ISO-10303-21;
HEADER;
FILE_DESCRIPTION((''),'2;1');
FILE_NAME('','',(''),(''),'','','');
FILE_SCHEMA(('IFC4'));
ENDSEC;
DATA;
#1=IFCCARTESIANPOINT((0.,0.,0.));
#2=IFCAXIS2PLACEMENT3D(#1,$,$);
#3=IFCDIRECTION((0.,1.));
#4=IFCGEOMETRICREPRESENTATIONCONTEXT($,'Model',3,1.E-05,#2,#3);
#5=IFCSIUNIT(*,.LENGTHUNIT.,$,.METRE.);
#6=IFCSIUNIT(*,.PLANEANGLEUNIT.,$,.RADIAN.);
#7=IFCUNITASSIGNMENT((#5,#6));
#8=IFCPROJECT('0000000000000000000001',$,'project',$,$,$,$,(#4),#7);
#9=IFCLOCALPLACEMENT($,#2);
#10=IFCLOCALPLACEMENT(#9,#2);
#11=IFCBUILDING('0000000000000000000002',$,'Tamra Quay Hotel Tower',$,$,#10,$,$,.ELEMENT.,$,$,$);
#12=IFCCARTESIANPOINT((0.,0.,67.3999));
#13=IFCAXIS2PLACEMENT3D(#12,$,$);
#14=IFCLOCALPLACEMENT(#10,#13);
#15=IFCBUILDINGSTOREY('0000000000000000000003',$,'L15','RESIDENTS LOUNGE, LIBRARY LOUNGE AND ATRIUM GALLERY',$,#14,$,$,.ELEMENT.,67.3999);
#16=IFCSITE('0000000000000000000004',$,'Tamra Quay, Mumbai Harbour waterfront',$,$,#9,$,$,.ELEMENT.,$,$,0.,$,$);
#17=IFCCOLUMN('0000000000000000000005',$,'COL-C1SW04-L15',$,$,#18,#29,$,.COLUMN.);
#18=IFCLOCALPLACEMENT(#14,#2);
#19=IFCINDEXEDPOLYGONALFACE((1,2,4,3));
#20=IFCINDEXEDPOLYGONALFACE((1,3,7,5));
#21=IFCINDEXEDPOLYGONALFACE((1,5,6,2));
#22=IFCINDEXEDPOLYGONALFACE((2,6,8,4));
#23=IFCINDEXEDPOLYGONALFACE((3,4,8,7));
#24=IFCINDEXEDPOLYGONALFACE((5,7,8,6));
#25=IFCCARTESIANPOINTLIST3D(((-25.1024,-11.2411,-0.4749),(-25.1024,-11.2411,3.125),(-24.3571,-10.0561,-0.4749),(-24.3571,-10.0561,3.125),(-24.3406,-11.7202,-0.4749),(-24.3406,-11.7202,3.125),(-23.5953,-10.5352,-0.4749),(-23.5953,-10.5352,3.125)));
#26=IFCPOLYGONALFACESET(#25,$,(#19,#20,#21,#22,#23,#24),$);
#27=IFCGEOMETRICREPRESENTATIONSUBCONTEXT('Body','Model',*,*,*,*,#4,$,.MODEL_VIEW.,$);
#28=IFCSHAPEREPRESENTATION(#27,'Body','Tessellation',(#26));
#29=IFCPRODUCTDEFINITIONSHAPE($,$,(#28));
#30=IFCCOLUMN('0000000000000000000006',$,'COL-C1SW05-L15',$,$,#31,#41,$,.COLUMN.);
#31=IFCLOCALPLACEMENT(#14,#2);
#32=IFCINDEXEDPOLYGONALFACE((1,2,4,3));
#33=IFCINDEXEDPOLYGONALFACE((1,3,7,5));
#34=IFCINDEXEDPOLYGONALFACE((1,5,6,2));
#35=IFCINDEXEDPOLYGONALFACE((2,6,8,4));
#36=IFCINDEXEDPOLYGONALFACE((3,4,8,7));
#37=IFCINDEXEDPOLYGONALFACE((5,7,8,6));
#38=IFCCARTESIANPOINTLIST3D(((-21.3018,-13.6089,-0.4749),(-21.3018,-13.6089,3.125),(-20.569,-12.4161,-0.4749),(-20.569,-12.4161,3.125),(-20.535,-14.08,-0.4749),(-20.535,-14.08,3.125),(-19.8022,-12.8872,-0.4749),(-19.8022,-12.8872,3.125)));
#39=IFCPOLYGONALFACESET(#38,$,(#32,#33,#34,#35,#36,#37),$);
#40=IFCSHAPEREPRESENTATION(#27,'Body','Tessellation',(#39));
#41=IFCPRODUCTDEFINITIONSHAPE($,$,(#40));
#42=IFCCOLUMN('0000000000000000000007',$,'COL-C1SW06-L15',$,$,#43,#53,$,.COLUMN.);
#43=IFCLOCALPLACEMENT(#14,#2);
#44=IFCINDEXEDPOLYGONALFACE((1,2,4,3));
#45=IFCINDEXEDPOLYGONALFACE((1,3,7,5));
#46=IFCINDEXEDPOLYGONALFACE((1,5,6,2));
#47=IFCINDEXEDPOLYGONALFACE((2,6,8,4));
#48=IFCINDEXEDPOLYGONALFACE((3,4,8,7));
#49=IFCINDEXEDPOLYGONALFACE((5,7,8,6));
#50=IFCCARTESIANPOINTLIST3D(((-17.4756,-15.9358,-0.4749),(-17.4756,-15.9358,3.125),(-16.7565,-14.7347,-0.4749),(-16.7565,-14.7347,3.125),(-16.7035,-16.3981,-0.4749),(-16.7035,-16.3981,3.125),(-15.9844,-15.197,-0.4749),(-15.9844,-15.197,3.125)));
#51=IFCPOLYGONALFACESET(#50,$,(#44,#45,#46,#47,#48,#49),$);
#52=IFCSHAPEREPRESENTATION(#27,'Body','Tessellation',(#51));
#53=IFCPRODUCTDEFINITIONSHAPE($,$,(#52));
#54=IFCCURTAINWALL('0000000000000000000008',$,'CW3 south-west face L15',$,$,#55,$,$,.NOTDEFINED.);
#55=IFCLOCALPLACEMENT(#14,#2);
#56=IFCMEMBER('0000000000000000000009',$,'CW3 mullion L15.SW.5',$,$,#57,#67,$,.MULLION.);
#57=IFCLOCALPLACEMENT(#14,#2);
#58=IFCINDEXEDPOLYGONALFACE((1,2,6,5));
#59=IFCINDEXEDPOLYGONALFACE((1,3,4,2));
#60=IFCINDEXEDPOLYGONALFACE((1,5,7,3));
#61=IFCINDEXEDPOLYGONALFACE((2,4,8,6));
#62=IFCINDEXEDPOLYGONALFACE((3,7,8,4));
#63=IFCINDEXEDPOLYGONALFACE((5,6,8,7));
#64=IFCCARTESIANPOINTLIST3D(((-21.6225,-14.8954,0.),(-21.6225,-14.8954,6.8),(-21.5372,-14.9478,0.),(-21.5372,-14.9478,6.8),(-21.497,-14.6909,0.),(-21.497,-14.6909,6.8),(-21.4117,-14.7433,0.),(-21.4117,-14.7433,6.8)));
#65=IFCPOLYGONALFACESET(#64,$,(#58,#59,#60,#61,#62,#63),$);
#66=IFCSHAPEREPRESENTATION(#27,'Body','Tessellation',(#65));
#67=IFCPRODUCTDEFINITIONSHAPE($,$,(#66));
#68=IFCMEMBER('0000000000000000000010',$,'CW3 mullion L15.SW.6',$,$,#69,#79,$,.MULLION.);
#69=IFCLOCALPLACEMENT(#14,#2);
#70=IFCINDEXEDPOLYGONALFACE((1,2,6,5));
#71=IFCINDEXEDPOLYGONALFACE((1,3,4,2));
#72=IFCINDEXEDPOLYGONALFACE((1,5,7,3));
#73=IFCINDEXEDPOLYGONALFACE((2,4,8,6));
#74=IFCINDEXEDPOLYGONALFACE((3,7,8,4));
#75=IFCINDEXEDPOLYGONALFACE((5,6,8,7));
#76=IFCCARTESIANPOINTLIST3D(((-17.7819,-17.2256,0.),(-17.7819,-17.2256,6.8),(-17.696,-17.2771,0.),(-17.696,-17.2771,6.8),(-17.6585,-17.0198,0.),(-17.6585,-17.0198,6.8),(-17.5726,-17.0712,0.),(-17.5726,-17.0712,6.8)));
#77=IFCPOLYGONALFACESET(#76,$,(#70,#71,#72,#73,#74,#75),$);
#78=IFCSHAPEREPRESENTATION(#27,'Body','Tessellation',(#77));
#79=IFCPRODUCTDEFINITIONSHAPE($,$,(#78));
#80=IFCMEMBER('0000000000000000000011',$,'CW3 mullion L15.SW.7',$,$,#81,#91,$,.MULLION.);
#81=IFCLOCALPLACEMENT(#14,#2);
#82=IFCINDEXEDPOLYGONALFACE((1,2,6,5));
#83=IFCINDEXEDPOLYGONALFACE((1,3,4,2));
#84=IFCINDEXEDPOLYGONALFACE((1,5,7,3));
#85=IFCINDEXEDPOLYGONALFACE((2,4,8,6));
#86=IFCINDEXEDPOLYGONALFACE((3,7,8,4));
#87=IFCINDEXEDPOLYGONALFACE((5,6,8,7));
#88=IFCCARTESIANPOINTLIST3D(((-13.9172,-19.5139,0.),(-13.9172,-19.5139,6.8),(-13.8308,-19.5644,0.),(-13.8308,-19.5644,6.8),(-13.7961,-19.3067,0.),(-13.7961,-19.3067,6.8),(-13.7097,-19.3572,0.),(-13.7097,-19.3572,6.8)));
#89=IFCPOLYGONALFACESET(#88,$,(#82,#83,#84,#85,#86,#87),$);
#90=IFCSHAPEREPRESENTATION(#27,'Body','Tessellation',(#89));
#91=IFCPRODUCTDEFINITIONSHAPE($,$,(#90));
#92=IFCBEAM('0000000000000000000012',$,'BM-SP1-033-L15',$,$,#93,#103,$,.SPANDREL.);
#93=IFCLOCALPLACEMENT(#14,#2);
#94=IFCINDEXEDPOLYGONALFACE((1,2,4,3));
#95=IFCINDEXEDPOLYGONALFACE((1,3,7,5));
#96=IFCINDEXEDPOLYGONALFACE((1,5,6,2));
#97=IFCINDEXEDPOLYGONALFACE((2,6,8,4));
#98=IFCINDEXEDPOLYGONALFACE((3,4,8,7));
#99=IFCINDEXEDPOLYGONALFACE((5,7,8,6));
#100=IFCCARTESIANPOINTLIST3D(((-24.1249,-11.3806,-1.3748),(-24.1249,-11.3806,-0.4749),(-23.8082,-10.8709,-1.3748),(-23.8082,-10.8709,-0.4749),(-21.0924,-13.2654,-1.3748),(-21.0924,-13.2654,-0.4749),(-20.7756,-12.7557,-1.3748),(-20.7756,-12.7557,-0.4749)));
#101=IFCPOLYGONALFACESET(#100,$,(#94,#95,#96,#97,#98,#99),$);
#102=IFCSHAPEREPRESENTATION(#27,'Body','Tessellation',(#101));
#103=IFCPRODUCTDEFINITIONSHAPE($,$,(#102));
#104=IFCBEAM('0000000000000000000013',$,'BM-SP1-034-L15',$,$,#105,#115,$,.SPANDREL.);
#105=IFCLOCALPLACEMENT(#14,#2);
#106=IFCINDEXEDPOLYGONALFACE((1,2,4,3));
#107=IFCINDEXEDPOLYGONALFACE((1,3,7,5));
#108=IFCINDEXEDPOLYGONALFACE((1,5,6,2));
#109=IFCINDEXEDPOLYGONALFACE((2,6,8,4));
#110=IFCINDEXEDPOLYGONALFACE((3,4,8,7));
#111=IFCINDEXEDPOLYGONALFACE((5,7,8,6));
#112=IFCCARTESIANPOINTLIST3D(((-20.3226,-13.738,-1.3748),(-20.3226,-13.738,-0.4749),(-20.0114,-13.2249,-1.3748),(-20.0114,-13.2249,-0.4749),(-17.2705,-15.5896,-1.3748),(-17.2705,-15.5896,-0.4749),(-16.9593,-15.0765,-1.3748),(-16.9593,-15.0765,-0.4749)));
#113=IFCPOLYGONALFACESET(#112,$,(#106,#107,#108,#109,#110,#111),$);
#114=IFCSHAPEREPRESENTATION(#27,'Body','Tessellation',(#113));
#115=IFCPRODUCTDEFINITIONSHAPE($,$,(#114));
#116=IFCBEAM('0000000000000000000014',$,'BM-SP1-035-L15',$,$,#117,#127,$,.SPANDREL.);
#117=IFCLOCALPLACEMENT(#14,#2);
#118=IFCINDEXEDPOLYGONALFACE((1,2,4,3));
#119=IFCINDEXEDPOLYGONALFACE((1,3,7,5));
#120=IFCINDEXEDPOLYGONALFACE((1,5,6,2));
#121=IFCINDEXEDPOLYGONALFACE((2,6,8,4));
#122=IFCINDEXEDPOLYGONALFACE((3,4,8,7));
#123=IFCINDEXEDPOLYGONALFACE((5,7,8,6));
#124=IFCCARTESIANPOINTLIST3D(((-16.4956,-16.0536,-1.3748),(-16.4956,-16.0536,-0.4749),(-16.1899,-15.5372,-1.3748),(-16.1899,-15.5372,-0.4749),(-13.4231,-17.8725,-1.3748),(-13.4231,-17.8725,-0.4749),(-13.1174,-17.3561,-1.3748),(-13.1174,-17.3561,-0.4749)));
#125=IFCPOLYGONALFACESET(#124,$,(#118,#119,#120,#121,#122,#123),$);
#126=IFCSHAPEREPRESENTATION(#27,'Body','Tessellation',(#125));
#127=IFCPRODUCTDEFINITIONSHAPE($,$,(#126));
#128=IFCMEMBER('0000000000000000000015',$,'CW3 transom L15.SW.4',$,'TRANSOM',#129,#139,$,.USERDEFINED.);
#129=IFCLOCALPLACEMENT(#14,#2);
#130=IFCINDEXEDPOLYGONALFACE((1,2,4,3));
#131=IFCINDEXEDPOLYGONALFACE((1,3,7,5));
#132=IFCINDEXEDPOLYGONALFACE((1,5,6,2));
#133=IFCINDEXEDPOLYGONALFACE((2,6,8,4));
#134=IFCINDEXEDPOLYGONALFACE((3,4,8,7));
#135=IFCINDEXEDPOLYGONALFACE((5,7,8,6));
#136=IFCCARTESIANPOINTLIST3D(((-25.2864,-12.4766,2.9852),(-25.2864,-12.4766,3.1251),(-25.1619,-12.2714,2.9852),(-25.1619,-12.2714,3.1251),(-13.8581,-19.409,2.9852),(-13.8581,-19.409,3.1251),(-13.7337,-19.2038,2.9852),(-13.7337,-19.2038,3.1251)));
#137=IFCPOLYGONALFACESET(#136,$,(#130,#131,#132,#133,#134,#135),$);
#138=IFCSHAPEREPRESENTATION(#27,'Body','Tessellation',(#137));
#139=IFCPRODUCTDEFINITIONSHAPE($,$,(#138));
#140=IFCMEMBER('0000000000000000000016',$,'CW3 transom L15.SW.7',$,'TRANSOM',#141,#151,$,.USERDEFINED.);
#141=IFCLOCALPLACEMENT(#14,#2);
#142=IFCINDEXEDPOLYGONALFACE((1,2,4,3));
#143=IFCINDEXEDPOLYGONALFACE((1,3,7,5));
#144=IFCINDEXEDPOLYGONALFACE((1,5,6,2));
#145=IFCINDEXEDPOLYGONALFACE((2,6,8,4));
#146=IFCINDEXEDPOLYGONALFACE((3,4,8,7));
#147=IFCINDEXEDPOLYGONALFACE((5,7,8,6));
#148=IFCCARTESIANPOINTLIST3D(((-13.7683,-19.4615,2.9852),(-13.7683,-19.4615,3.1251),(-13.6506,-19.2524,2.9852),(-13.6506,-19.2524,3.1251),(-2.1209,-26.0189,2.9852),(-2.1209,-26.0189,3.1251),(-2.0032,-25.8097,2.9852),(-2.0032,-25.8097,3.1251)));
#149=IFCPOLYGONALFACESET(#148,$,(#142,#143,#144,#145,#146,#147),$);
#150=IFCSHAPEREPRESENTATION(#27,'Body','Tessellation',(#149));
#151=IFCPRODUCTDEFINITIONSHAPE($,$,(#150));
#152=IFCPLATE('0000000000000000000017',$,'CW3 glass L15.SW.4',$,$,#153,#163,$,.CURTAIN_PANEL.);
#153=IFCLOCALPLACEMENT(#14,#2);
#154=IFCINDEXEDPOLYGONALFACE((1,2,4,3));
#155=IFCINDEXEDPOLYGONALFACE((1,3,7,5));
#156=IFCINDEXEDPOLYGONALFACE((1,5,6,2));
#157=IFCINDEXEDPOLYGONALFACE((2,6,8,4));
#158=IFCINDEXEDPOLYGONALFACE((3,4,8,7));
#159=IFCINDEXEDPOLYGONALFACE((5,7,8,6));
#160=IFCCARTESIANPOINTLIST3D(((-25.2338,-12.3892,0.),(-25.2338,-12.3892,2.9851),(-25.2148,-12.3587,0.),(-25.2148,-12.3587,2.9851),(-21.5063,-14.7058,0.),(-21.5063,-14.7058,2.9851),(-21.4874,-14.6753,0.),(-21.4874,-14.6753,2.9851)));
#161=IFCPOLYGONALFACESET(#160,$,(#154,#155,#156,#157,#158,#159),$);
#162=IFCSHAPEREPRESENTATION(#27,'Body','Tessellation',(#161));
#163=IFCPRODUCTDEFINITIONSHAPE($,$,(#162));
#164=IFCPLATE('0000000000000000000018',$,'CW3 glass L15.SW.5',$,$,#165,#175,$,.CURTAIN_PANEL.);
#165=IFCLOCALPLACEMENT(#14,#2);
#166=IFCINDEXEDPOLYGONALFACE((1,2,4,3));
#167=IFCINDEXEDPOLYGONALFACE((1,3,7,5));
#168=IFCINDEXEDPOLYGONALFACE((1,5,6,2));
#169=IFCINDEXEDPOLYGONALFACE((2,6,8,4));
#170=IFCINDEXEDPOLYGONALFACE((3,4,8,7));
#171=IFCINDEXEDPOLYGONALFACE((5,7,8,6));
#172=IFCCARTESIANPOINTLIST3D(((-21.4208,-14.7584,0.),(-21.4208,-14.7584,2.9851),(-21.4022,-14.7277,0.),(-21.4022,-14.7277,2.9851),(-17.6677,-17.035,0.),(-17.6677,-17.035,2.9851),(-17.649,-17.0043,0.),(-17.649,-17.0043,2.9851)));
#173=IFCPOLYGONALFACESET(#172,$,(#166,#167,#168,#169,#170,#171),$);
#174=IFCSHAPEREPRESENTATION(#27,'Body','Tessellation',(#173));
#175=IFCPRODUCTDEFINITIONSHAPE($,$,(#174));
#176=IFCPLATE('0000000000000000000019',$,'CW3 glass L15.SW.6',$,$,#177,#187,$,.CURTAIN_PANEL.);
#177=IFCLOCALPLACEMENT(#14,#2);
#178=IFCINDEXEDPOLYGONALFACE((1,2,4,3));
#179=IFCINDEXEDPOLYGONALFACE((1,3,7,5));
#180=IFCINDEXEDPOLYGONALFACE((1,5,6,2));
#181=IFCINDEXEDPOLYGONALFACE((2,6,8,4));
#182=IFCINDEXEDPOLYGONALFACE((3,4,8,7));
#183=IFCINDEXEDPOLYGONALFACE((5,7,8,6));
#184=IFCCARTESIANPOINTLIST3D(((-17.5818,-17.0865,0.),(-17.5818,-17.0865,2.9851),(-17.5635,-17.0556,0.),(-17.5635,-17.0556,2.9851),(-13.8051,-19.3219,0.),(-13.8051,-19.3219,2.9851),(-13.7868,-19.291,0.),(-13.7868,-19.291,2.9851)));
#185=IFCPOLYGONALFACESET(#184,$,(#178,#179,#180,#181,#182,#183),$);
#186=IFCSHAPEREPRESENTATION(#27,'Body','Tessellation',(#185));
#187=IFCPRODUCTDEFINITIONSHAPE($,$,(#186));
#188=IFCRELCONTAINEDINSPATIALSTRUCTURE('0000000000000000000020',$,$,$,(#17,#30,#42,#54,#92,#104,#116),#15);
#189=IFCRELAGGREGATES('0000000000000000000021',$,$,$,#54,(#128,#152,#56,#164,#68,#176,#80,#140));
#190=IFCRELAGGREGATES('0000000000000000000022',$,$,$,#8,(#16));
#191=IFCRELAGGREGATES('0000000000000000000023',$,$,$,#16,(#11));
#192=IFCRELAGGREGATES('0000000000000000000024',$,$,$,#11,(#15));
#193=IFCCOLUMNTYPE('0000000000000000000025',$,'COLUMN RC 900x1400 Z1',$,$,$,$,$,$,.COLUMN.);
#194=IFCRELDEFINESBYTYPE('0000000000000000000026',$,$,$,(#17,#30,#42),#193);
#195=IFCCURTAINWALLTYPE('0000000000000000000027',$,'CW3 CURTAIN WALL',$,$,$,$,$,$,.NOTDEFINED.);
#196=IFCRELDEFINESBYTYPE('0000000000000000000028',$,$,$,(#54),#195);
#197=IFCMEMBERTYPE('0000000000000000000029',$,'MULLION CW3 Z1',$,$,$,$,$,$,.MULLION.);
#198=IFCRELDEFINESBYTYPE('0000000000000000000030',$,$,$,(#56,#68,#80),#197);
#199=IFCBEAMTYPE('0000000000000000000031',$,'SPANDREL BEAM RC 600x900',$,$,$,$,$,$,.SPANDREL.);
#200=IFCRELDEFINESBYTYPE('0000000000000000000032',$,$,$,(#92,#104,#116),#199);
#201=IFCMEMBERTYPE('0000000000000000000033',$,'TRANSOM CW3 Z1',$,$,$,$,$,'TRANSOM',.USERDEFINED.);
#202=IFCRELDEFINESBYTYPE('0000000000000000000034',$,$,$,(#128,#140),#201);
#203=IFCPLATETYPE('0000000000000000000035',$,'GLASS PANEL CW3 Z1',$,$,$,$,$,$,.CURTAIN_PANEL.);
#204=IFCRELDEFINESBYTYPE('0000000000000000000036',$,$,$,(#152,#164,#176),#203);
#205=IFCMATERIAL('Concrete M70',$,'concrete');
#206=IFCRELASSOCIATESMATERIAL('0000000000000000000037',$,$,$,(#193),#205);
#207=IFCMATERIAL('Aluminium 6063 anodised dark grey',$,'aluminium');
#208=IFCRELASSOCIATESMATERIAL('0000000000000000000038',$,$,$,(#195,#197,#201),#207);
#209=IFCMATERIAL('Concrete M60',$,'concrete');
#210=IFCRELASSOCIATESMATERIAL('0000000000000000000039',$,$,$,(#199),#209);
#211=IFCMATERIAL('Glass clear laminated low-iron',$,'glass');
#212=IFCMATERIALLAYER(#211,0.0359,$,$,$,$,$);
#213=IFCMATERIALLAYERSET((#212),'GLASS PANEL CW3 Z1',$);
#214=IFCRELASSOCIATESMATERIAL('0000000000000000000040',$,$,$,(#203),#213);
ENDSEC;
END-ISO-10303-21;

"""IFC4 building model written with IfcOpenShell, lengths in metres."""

from ifc_helpers import new_model, si_unit, direction, frame, origin, origin_2d, place, context, subcontext, project, spatial, rectangle, extrude, material, layer, layer_set, material_profile, profile_set, type_object, element, aggregate, save


model = new_model("IFC4")

# Units and contexts
model_context = context("Model", 3, precision=1e-05, world=origin(), true_north=direction((0.0, 1.0)))
body_context = subcontext(model_context, "Body", "Model", "MODEL_VIEW")
ifc_project = project(units=[si_unit("LENGTHUNIT", "METRE"), si_unit("PLANEANGLEUNIT", "RADIAN")], contexts=[model_context])

# Site, building, storey
site_placement = place(None, origin())
site = spatial("IfcSite", under=ifc_project, at=site_placement, Name="Tamra Quay, Mumbai Harbour waterfront", CompositionType="ELEMENT", RefElevation=0.0)
building_placement = place(site_placement, origin())
building = spatial("IfcBuilding", under=site, at=building_placement, Name="Tamra Quay Hotel Tower", CompositionType="ELEMENT")
storey_placement = place(building_placement, frame((0.0, 0.0, 67.3999)))
storey = spatial("IfcBuildingStorey", under=building, at=storey_placement, Name="L15", Description="RESIDENTS LOUNGE, LIBRARY LOUNGE AND ATRIUM GALLERY", CompositionType="ELEMENT", Elevation=67.3999)

# Columns
ifc_material_1 = material(Name="Concrete M70", Category="concrete")
ifc_material_profile_1 = material_profile(ifc_material_1, rectangle(XDim=1.3999, YDim=0.8999, at=origin_2d()), Name="COLUMN RC 900x1400 Z1")
ifc_profile_set_1 = profile_set([ifc_material_profile_1], Name="Concrete M70")
column_type = type_object("IfcColumnType", Name="COLUMN RC 900x1400 Z1", PredefinedType="COLUMN", material=ifc_profile_set_1)
for number, where, z_axis, x_axis, name in (
    (1, (-24.3489, -10.8882, -0.4749), (0.0, 0.0, 1.0), (0.532389, 0.8465, 0.0), "COL-C1SW04-L15"),
    (2, (-20.552, -13.248, -0.4749), (0.0, 0.0, 1.0), (0.52343, 0.852069, 0.0), "COL-C1SW05-L15"),
    (3, (-16.73, -15.5664, -0.4749), (0.0, 0.0, 1.0), (0.513654, 0.857998, 0.0), "COL-C1SW06-L15"),
):
    element("IfcColumn", number, at=place(storey_placement, frame(where, z_axis=z_axis, x_axis=x_axis)), inside=storey, type_object=column_type, Name=name, PredefinedType="COLUMN", context=body_context, shape_type="SweptSolid", body=[
        extrude(rectangle(XDim=1.3999, YDim=0.8999, at=origin_2d()), origin(), (0.0, 0.0, 1.0), 3.5999),
    ])

# Curtain wall, members
ifc_material_2 = material(Name="Aluminium 6063 anodised dark grey", Category="aluminium")
curtain_wall_type = type_object("IfcCurtainWallType", Name="CW3 CURTAIN WALL", PredefinedType="NOTDEFINED", material=ifc_material_2)
curtain_wall_placement = place(storey_placement, origin())
curtain_wall = element("IfcCurtainWall", 4, at=curtain_wall_placement, inside=storey, type_object=curtain_wall_type, Name="CW3 south-west face L15", PredefinedType="NOTDEFINED")
ifc_material_profile_2 = material_profile(ifc_material_2, rectangle(XDim=0.24, YDim=0.1001, at=origin_2d()), Name="MULLION 100X240")
ifc_profile_set_2 = profile_set([ifc_material_profile_2], Name="Aluminium 6063 anodised dark grey")
member_type_1 = type_object("IfcMemberType", Name="MULLION CW3 Z1", PredefinedType="MULLION", material=ifc_profile_set_2)
member_1_placement = place(storey_placement, frame((-21.5171, -14.8193, 0.0), z_axis=(0.0, 0.0, 1.0), x_axis=(-0.523257, -0.852175, 0.0)))
member_1 = element("IfcMember", 5, at=member_1_placement, type_object=member_type_1, Name="CW3 mullion L15.SW.5", PredefinedType="MULLION", context=body_context, shape_type="SweptSolid", body=[
    extrude(rectangle(XDim=0.24, YDim=0.1001, at=origin_2d()), origin(), (0.0, 0.0, 1.0), 6.8),
])
member_2_placement = place(storey_placement, frame((-17.6772, -17.1484, 0.0), z_axis=(0.0, 0.0, 1.0), x_axis=(-0.514005, -0.857787, 0.0)))
member_2 = element("IfcMember", 6, at=member_2_placement, type_object=member_type_1, Name="CW3 mullion L15.SW.6", PredefinedType="MULLION", context=body_context, shape_type="SweptSolid", body=[
    extrude(rectangle(XDim=0.24, YDim=0.1001, at=origin_2d()), origin(), (0.0, 0.0, 1.0), 6.8),
])
member_3_placement = place(storey_placement, frame((-13.8135, -19.4355, 0.0), z_axis=(0.0, 0.0, 1.0), x_axis=(-0.504685, -0.863304, 0.0)))
member_3 = element("IfcMember", 7, at=member_3_placement, type_object=member_type_1, Name="CW3 mullion L15.SW.7", PredefinedType="MULLION", context=body_context, shape_type="SweptSolid", body=[
    extrude(rectangle(XDim=0.24, YDim=0.1001, at=origin_2d()), origin(), (0.0, 0.0, 1.0), 6.8),
])

# Beams
ifc_material_3 = material(Name="Concrete M60", Category="concrete")
ifc_material_profile_3 = material_profile(ifc_material_3, rectangle(XDim=0.6001, YDim=0.8999, at=origin_2d()), Name="SPANDREL BEAM RC 600x900")
ifc_profile_set_3 = profile_set([ifc_material_profile_3], Name="Concrete M60")
beam_type = type_object("IfcBeamType", Name="SPANDREL BEAM RC 600x900", PredefinedType="SPANDREL", material=ifc_profile_set_3)
beam_1_placement = place(storey_placement, frame((-23.9666, -11.1257, -0.9248), z_axis=(0.849321, -0.527877, 0.0), x_axis=(0.527877, 0.849321, 0.0)))
element("IfcBeam", 8, at=beam_1_placement, inside=storey, type_object=beam_type, Name="BM-SP1-033-L15", PredefinedType="SPANDREL", context=body_context, shape_type="SweptSolid", body=[
    extrude(rectangle(XDim=0.6001, YDim=0.8999, at=origin_2d()), origin(), (0.0, 0.0, 1.0), 3.5706),
])
beam_2_placement = place(storey_placement, frame((-20.167, -13.4814, -0.9248), z_axis=(0.854966, -0.518684, 0.0), x_axis=(0.518684, 0.854966, 0.0)))
element("IfcBeam", 9, at=beam_2_placement, inside=storey, type_object=beam_type, Name="BM-SP1-034-L15", PredefinedType="SPANDREL", context=body_context, shape_type="SweptSolid", body=[
    extrude(rectangle(XDim=0.6001, YDim=0.8999, at=origin_2d()), origin(), (0.0, 0.0, 1.0), 3.5698),
])
beam_3_placement = place(storey_placement, frame((-16.3428, -15.7954, -0.9248), z_axis=(0.860525, -0.509409, 0.0), x_axis=(0.509409, 0.860525, 0.0)))
element("IfcBeam", 10, at=beam_3_placement, inside=storey, type_object=beam_type, Name="BM-SP1-035-L15", PredefinedType="SPANDREL", context=body_context, shape_type="SweptSolid", body=[
    extrude(rectangle(XDim=0.6001, YDim=0.8999, at=origin_2d()), origin(), (0.0, 0.0, 1.0), 3.5706),
])

# Members
ifc_material_profile_4 = material_profile(ifc_material_2, rectangle(XDim=0.24, YDim=0.1399, at=origin_2d()), Name="TRANSOM 240X140")
ifc_profile_set_4 = profile_set([ifc_material_profile_4], Name="Aluminium 6063 anodised dark grey")
member_type_2 = type_object("IfcMemberType", Name="TRANSOM CW3 Z1", ElementType="TRANSOM", PredefinedType="USERDEFINED", material=ifc_profile_set_4)
member_4_placement = place(storey_placement, frame((-25.2241, -12.374, 3.0552), z_axis=(0.854993, -0.51864, 0.0), x_axis=(0.51864, 0.854993, 0.0)))
member_4 = element("IfcMember", 11, at=member_4_placement, type_object=member_type_2, Name="CW3 transom L15.SW.4", ObjectType="TRANSOM", PredefinedType="USERDEFINED", context=body_context, shape_type="SweptSolid", body=[
    extrude(rectangle(XDim=0.24, YDim=0.1399, at=origin_2d()), origin(), (0.0, 0.0, 1.0), 13.3665),
])
member_5_placement = place(storey_placement, frame((-13.7095, -19.3569, 3.0552), z_axis=(0.871394, -0.490584, 0.0), x_axis=(0.490584, 0.871394, 0.0)))
member_5 = element("IfcMember", 12, at=member_5_placement, type_object=member_type_2, Name="CW3 transom L15.SW.7", ObjectType="TRANSOM", PredefinedType="USERDEFINED", context=body_context, shape_type="SweptSolid", body=[
    extrude(rectangle(XDim=0.24, YDim=0.1399, at=origin_2d()), origin(), (0.0, 0.0, 1.0), 13.3665),
])

# Plates
ifc_material_4 = material(Name="Glass clear laminated low-iron", Category="glass")
ifc_layer_1 = layer(ifc_material_4, 0.0359)
ifc_layer_set_1 = layer_set([ifc_layer_1], Name="GLASS PANEL CW3 Z1")
plate_type = type_object("IfcPlateType", Name="GLASS PANEL CW3 Z1", PredefinedType="CURTAIN_PANEL", material=ifc_layer_set_1)
plate_1_placement = place(storey_placement, frame((-23.3606, -13.5322, 0.0), z_axis=(0.0, 0.0, 1.0), x_axis=(0.849331, -0.52786, 0.0)))
plate_1 = element("IfcPlate", 13, at=plate_1_placement, type_object=plate_type, Name="CW3 glass L15.SW.4", PredefinedType="CURTAIN_PANEL", context=body_context, shape_type="SweptSolid", body=[
    extrude(rectangle(XDim=4.3887, YDim=0.0359, at=origin_2d()), origin(), (0.0, 0.0, 1.0), 2.9851),
])
plate_2_placement = place(storey_placement, frame((-19.5349, -15.8813, 0.0), z_axis=(0.0, 0.0, 1.0), x_axis=(0.854993, -0.518639, 0.0)))
plate_2 = element("IfcPlate", 14, at=plate_2_placement, type_object=plate_type, Name="CW3 glass L15.SW.5", PredefinedType="CURTAIN_PANEL", context=body_context, shape_type="SweptSolid", body=[
    extrude(rectangle(XDim=4.3896, YDim=0.0359, at=origin_2d()), origin(), (0.0, 0.0, 1.0), 2.9851),
])
plate_3_placement = place(storey_placement, frame((-15.6843, -18.1887, 0.0), z_axis=(0.0, 0.0, 1.0), x_axis=(0.860556, -0.509355, 0.0)))
plate_3 = element("IfcPlate", 15, at=plate_3_placement, type_object=plate_type, Name="CW3 glass L15.SW.6", PredefinedType="CURTAIN_PANEL", context=body_context, shape_type="SweptSolid", body=[
    extrude(rectangle(XDim=4.3887, YDim=0.0359, at=origin_2d()), origin(), (0.0, 0.0, 1.0), 2.9851),
])
aggregate(curtain_wall, [member_4, plate_1, member_1, plate_2, member_2, plate_3, member_3, member_5])

save(model, "model.ifc")
